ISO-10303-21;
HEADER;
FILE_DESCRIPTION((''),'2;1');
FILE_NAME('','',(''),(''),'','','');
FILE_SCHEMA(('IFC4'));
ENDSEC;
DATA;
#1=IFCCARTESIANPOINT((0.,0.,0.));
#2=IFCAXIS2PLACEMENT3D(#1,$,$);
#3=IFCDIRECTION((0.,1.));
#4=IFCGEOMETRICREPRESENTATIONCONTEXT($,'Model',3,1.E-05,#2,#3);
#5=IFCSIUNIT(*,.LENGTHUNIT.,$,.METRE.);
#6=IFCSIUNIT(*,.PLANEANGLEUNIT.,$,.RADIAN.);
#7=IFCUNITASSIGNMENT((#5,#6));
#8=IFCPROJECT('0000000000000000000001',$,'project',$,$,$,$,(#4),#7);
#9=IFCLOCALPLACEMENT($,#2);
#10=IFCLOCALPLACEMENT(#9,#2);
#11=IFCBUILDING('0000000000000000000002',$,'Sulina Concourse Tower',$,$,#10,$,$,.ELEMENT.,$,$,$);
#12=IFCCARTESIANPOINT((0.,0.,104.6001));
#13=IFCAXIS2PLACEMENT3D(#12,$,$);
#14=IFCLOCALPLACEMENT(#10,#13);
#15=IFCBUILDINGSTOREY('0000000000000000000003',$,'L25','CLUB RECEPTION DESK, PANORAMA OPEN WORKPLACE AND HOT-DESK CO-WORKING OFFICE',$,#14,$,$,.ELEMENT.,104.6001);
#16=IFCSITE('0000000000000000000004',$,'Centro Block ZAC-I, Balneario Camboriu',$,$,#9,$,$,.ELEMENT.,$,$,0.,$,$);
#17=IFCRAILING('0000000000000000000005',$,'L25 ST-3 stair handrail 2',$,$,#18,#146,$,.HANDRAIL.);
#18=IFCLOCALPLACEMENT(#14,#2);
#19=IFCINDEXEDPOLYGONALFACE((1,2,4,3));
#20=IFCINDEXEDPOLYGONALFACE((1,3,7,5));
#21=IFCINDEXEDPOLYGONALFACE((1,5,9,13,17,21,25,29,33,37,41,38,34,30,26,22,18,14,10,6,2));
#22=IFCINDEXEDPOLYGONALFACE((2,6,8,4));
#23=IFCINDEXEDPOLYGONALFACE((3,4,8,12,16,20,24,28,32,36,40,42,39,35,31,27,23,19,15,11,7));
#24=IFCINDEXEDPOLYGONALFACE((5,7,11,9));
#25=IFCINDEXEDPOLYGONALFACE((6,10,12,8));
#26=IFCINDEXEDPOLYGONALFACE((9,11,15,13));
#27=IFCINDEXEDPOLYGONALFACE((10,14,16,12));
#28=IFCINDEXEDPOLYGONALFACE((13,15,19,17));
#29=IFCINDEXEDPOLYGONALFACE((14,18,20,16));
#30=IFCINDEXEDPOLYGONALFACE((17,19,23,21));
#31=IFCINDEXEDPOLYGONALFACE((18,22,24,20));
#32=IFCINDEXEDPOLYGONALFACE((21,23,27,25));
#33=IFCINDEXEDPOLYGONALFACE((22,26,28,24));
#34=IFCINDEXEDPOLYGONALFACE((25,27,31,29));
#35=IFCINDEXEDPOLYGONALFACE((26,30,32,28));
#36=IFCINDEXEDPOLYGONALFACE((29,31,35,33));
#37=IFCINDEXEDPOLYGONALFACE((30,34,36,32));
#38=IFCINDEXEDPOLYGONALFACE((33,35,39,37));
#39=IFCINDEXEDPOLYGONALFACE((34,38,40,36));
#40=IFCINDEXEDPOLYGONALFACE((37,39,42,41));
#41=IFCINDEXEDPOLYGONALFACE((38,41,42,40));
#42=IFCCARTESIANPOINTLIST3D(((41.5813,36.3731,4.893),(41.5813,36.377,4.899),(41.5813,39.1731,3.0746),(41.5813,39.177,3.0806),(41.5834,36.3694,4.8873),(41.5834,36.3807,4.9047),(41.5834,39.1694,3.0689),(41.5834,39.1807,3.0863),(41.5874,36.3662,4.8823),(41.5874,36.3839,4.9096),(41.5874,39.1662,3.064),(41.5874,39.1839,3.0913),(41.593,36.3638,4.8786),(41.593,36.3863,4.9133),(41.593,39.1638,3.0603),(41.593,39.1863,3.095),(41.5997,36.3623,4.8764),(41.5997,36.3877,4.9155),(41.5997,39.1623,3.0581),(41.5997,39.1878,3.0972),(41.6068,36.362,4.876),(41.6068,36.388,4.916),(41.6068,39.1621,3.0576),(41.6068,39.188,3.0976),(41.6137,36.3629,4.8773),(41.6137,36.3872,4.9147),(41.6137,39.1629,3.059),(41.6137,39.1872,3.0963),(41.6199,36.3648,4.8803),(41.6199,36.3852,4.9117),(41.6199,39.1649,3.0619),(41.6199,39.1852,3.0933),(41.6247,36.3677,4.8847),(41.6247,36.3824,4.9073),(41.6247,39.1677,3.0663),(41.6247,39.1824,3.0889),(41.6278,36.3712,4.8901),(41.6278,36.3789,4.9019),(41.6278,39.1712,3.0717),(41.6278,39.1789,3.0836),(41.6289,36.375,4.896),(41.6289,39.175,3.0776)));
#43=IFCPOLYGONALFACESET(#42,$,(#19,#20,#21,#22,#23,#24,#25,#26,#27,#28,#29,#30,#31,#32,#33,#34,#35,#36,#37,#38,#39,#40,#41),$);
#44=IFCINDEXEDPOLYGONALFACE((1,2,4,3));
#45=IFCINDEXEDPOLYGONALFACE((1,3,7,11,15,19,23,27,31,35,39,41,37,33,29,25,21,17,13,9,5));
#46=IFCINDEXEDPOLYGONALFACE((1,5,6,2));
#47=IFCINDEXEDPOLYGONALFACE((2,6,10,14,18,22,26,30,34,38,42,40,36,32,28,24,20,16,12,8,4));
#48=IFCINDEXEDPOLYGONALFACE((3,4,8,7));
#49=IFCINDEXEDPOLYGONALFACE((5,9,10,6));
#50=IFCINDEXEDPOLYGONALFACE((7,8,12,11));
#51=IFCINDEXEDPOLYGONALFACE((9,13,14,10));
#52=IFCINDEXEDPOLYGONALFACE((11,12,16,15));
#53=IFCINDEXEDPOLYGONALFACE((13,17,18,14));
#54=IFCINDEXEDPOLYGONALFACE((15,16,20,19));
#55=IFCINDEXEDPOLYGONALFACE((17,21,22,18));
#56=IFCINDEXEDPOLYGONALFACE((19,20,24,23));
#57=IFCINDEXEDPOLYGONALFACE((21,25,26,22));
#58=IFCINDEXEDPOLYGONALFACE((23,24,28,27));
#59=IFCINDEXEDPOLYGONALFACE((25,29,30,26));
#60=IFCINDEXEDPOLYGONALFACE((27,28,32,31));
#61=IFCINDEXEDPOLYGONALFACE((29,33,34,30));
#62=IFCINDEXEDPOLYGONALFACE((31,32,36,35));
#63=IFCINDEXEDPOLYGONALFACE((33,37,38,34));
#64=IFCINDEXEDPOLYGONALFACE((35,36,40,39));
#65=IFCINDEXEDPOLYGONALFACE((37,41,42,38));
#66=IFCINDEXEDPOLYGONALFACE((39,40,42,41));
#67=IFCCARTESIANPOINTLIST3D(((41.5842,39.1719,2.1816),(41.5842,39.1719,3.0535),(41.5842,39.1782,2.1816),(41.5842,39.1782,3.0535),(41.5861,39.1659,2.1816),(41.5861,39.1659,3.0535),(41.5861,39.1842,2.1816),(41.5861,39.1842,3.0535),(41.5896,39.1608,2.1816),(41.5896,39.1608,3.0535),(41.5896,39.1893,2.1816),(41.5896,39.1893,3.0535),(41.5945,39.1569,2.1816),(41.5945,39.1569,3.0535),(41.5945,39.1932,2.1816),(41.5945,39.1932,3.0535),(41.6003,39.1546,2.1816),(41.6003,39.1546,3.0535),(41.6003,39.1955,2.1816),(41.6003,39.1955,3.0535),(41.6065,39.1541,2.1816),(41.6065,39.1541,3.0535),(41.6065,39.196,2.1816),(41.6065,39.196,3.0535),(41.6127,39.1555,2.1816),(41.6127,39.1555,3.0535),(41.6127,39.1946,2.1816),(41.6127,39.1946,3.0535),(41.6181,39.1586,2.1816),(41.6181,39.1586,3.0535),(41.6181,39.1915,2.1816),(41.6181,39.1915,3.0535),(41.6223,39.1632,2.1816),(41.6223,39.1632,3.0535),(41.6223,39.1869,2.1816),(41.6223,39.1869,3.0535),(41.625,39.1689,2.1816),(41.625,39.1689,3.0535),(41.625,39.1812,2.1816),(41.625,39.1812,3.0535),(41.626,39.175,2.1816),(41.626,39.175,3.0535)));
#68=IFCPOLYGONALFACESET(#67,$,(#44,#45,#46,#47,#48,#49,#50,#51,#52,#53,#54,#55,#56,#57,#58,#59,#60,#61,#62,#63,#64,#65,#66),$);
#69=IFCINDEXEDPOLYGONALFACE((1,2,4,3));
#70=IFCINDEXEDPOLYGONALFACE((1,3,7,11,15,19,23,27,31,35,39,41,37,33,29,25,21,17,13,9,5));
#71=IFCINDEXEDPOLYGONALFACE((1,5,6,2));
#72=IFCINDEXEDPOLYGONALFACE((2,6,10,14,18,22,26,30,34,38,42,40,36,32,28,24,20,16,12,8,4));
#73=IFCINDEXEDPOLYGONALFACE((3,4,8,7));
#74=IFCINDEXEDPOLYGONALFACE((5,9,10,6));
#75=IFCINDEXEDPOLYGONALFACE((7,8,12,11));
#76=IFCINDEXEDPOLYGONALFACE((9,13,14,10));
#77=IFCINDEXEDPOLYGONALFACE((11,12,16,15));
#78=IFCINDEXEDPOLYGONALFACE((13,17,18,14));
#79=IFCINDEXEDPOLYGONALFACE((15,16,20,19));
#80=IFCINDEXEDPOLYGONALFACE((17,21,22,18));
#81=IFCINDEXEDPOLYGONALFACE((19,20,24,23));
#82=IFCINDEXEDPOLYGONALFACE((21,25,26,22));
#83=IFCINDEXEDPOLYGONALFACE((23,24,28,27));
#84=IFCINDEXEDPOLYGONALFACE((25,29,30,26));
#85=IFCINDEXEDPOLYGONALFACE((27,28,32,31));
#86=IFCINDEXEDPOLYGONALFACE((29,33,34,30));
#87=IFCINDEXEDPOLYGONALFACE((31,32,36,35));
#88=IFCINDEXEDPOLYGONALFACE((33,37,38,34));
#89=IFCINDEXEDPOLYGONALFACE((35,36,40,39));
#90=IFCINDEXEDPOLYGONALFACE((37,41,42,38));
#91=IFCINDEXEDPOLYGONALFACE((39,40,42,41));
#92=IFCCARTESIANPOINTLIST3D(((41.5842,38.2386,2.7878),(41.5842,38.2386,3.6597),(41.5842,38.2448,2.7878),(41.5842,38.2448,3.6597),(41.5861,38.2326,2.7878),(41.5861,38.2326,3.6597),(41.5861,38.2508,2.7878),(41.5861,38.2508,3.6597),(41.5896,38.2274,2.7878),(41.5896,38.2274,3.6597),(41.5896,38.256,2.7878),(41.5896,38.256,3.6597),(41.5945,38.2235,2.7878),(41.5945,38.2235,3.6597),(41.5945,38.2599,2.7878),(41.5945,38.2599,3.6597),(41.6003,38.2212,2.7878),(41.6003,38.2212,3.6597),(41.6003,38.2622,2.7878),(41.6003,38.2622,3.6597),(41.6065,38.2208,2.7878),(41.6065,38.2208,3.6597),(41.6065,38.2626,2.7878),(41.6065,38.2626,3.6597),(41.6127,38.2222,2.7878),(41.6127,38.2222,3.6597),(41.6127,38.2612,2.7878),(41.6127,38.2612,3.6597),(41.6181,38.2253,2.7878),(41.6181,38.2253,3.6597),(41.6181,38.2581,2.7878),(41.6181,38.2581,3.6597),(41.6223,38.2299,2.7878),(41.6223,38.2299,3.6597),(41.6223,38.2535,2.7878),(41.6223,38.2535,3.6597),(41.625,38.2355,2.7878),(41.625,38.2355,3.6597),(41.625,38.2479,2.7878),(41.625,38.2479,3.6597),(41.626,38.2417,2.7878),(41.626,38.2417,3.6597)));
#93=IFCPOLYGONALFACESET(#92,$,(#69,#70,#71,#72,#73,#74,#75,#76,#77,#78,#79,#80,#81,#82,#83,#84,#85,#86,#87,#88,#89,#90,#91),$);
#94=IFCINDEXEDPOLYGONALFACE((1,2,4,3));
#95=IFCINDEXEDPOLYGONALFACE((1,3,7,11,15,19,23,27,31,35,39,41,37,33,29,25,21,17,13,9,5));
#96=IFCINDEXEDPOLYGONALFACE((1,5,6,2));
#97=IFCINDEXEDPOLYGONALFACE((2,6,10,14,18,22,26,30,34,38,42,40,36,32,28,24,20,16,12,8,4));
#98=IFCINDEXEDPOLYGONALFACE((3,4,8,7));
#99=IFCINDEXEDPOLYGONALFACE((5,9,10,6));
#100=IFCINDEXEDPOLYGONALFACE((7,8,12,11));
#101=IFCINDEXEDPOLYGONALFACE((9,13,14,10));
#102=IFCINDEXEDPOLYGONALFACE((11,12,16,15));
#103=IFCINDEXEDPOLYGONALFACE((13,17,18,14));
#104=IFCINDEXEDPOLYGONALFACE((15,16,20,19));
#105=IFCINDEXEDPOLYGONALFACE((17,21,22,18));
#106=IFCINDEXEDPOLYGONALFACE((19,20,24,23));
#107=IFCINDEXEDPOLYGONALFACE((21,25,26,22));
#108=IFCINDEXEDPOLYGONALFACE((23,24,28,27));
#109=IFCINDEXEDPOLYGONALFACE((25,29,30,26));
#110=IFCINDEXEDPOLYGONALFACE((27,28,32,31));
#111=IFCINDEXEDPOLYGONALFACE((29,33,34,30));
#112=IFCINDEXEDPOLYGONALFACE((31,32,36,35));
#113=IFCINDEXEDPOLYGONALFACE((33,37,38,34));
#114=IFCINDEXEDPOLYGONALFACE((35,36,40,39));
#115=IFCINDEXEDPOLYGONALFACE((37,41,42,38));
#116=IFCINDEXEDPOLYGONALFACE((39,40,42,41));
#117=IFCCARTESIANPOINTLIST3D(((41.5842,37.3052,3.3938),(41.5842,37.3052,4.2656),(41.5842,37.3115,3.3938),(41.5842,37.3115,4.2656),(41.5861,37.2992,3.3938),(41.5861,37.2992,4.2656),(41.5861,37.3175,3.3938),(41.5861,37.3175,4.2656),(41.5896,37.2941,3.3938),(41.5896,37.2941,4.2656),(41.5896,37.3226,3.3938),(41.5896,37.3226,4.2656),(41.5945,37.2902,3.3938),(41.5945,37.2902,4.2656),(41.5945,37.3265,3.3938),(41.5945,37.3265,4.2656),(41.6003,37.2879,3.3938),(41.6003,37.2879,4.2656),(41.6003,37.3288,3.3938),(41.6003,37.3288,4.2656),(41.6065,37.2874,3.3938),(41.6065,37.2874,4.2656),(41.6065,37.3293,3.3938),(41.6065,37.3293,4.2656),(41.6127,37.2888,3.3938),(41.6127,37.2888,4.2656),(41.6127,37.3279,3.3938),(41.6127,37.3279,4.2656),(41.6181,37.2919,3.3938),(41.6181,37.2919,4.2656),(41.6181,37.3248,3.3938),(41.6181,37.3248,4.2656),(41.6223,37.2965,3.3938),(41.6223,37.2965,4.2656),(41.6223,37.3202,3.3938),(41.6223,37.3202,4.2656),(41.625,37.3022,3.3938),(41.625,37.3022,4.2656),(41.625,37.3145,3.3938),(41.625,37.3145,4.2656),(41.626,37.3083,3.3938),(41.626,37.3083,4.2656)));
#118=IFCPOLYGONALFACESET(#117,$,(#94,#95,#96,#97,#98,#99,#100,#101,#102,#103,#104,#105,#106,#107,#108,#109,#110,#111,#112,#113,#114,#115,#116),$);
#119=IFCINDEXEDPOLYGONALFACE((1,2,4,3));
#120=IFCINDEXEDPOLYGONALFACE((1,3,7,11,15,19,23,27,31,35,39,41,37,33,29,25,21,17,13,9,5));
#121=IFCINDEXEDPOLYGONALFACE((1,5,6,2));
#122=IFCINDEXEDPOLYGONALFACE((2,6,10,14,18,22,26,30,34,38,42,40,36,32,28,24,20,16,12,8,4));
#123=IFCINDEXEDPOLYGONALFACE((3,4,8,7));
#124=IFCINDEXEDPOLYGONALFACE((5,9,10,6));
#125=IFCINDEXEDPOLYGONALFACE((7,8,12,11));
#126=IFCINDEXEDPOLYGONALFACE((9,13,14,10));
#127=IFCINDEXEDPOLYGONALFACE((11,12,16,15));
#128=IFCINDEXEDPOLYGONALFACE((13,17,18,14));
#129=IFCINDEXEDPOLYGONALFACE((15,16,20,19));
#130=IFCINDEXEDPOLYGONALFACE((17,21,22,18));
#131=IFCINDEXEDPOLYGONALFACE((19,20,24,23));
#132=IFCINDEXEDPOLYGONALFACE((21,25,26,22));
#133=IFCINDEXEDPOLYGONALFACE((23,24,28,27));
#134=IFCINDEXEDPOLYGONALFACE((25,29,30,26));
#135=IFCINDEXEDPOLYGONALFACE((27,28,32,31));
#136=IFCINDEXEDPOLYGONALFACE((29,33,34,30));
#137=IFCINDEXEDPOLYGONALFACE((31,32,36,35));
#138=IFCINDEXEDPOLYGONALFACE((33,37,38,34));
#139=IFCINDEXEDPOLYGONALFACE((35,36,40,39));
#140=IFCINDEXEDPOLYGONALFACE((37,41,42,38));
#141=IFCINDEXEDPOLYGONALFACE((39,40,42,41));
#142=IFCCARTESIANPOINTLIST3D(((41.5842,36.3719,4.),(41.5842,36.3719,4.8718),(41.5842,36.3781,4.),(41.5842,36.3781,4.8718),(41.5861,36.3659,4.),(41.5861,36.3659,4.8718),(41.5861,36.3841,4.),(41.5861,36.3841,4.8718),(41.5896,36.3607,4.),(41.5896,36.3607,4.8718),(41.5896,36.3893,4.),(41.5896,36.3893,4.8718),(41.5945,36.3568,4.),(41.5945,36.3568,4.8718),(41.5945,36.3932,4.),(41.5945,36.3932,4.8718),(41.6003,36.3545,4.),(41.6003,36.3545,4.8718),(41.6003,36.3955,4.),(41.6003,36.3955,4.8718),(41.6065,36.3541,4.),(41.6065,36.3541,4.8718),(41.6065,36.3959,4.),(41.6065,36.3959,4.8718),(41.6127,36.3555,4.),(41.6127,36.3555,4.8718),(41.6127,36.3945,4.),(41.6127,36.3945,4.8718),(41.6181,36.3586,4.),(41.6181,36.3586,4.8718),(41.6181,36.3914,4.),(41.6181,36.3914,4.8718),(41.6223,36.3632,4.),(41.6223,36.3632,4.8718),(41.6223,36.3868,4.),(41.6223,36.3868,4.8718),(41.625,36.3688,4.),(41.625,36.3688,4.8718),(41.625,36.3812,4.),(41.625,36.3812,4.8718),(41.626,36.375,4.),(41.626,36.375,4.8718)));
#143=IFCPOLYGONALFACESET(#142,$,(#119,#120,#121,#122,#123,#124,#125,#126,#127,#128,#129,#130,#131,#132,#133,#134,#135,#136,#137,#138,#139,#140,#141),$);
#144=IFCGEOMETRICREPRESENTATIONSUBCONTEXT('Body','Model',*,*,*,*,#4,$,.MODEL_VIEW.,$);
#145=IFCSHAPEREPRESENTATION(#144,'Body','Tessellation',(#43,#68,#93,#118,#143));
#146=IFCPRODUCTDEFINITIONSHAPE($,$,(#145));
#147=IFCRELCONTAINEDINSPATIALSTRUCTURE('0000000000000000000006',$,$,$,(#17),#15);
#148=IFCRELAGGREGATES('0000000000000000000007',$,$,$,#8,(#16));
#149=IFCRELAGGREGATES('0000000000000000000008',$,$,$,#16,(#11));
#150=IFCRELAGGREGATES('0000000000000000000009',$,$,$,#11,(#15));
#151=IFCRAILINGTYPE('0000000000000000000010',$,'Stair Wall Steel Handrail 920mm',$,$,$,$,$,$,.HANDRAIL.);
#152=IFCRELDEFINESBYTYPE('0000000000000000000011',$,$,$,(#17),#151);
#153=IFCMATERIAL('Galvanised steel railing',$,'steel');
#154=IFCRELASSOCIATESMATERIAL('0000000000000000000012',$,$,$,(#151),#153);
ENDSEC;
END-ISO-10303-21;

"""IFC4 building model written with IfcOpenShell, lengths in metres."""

from ifc_helpers import new_model, si_unit, direction, frame, origin, origin_2d, place, context, subcontext, project, spatial, circle, extrude, material, type_object, element, save


model = new_model("IFC4")

# Units and contexts
model_context = context("Model", 3, precision=1e-05, world=origin(), true_north=direction((0.0, 1.0)))
body_context = subcontext(model_context, "Body", "Model", "MODEL_VIEW")
ifc_project = project(units=[si_unit("LENGTHUNIT", "METRE"), si_unit("PLANEANGLEUNIT", "RADIAN")], contexts=[model_context])

# Site, building, storey
site_placement = place(None, origin())
site = spatial("IfcSite", under=ifc_project, at=site_placement, Name="Centro Block ZAC-I, Balneario Camboriu", CompositionType="ELEMENT", RefElevation=0.0)
building_placement = place(site_placement, origin())
building = spatial("IfcBuilding", under=site, at=building_placement, Name="Sulina Concourse Tower", CompositionType="ELEMENT")
storey_placement = place(building_placement, frame((0.0, 0.0, 104.6001)))
storey = spatial("IfcBuildingStorey", under=building, at=storey_placement, Name="L25", Description="CLUB RECEPTION DESK, PANORAMA OPEN WORKPLACE AND HOT-DESK CO-WORKING OFFICE", CompositionType="ELEMENT", Elevation=104.6001)

# Railing
ifc_material_1 = material(Name="Galvanised steel railing", Category="steel")
railing_type_1 = type_object("IfcRailingType", Name="Stair Wall Steel Handrail 920mm", PredefinedType="HANDRAIL", material=ifc_material_1)
railing_1_placement = place(storey_placement, frame((41.605, 39.175, 2.1816)))
element("IfcRailing", 1, at=railing_1_placement, inside=storey, type_object=railing_type_1, Name="L25 ST-3 stair handrail 2", PredefinedType="HANDRAIL", context=body_context, shape_type="SweptSolid", body=[
    extrude(circle(Radius=0.0239, at=origin_2d()), frame((0.0, 0.0, 0.896), z_axis=(0.0, -0.838672, 0.544636), x_axis=(1.0, 0.0, 0.0)), (0.0, 0.0, 1.0), 3.3386),
    extrude(circle(Radius=0.021, at=origin_2d()), origin(), (0.0, 0.0, 1.0), 0.8718),
    extrude(circle(Radius=0.021, at=origin_2d()), frame((0.0, -0.9333, 0.6062)), (0.0, 0.0, 1.0), 0.8718),
    extrude(circle(Radius=0.021, at=origin_2d()), frame((0.0, -1.8667, 1.2122)), (0.0, 0.0, 1.0), 0.8718),
    extrude(circle(Radius=0.021, at=origin_2d()), frame((0.0, -2.8, 1.8184)), (0.0, 0.0, 1.0), 0.8718),
])

save(model, "model.ifc")
